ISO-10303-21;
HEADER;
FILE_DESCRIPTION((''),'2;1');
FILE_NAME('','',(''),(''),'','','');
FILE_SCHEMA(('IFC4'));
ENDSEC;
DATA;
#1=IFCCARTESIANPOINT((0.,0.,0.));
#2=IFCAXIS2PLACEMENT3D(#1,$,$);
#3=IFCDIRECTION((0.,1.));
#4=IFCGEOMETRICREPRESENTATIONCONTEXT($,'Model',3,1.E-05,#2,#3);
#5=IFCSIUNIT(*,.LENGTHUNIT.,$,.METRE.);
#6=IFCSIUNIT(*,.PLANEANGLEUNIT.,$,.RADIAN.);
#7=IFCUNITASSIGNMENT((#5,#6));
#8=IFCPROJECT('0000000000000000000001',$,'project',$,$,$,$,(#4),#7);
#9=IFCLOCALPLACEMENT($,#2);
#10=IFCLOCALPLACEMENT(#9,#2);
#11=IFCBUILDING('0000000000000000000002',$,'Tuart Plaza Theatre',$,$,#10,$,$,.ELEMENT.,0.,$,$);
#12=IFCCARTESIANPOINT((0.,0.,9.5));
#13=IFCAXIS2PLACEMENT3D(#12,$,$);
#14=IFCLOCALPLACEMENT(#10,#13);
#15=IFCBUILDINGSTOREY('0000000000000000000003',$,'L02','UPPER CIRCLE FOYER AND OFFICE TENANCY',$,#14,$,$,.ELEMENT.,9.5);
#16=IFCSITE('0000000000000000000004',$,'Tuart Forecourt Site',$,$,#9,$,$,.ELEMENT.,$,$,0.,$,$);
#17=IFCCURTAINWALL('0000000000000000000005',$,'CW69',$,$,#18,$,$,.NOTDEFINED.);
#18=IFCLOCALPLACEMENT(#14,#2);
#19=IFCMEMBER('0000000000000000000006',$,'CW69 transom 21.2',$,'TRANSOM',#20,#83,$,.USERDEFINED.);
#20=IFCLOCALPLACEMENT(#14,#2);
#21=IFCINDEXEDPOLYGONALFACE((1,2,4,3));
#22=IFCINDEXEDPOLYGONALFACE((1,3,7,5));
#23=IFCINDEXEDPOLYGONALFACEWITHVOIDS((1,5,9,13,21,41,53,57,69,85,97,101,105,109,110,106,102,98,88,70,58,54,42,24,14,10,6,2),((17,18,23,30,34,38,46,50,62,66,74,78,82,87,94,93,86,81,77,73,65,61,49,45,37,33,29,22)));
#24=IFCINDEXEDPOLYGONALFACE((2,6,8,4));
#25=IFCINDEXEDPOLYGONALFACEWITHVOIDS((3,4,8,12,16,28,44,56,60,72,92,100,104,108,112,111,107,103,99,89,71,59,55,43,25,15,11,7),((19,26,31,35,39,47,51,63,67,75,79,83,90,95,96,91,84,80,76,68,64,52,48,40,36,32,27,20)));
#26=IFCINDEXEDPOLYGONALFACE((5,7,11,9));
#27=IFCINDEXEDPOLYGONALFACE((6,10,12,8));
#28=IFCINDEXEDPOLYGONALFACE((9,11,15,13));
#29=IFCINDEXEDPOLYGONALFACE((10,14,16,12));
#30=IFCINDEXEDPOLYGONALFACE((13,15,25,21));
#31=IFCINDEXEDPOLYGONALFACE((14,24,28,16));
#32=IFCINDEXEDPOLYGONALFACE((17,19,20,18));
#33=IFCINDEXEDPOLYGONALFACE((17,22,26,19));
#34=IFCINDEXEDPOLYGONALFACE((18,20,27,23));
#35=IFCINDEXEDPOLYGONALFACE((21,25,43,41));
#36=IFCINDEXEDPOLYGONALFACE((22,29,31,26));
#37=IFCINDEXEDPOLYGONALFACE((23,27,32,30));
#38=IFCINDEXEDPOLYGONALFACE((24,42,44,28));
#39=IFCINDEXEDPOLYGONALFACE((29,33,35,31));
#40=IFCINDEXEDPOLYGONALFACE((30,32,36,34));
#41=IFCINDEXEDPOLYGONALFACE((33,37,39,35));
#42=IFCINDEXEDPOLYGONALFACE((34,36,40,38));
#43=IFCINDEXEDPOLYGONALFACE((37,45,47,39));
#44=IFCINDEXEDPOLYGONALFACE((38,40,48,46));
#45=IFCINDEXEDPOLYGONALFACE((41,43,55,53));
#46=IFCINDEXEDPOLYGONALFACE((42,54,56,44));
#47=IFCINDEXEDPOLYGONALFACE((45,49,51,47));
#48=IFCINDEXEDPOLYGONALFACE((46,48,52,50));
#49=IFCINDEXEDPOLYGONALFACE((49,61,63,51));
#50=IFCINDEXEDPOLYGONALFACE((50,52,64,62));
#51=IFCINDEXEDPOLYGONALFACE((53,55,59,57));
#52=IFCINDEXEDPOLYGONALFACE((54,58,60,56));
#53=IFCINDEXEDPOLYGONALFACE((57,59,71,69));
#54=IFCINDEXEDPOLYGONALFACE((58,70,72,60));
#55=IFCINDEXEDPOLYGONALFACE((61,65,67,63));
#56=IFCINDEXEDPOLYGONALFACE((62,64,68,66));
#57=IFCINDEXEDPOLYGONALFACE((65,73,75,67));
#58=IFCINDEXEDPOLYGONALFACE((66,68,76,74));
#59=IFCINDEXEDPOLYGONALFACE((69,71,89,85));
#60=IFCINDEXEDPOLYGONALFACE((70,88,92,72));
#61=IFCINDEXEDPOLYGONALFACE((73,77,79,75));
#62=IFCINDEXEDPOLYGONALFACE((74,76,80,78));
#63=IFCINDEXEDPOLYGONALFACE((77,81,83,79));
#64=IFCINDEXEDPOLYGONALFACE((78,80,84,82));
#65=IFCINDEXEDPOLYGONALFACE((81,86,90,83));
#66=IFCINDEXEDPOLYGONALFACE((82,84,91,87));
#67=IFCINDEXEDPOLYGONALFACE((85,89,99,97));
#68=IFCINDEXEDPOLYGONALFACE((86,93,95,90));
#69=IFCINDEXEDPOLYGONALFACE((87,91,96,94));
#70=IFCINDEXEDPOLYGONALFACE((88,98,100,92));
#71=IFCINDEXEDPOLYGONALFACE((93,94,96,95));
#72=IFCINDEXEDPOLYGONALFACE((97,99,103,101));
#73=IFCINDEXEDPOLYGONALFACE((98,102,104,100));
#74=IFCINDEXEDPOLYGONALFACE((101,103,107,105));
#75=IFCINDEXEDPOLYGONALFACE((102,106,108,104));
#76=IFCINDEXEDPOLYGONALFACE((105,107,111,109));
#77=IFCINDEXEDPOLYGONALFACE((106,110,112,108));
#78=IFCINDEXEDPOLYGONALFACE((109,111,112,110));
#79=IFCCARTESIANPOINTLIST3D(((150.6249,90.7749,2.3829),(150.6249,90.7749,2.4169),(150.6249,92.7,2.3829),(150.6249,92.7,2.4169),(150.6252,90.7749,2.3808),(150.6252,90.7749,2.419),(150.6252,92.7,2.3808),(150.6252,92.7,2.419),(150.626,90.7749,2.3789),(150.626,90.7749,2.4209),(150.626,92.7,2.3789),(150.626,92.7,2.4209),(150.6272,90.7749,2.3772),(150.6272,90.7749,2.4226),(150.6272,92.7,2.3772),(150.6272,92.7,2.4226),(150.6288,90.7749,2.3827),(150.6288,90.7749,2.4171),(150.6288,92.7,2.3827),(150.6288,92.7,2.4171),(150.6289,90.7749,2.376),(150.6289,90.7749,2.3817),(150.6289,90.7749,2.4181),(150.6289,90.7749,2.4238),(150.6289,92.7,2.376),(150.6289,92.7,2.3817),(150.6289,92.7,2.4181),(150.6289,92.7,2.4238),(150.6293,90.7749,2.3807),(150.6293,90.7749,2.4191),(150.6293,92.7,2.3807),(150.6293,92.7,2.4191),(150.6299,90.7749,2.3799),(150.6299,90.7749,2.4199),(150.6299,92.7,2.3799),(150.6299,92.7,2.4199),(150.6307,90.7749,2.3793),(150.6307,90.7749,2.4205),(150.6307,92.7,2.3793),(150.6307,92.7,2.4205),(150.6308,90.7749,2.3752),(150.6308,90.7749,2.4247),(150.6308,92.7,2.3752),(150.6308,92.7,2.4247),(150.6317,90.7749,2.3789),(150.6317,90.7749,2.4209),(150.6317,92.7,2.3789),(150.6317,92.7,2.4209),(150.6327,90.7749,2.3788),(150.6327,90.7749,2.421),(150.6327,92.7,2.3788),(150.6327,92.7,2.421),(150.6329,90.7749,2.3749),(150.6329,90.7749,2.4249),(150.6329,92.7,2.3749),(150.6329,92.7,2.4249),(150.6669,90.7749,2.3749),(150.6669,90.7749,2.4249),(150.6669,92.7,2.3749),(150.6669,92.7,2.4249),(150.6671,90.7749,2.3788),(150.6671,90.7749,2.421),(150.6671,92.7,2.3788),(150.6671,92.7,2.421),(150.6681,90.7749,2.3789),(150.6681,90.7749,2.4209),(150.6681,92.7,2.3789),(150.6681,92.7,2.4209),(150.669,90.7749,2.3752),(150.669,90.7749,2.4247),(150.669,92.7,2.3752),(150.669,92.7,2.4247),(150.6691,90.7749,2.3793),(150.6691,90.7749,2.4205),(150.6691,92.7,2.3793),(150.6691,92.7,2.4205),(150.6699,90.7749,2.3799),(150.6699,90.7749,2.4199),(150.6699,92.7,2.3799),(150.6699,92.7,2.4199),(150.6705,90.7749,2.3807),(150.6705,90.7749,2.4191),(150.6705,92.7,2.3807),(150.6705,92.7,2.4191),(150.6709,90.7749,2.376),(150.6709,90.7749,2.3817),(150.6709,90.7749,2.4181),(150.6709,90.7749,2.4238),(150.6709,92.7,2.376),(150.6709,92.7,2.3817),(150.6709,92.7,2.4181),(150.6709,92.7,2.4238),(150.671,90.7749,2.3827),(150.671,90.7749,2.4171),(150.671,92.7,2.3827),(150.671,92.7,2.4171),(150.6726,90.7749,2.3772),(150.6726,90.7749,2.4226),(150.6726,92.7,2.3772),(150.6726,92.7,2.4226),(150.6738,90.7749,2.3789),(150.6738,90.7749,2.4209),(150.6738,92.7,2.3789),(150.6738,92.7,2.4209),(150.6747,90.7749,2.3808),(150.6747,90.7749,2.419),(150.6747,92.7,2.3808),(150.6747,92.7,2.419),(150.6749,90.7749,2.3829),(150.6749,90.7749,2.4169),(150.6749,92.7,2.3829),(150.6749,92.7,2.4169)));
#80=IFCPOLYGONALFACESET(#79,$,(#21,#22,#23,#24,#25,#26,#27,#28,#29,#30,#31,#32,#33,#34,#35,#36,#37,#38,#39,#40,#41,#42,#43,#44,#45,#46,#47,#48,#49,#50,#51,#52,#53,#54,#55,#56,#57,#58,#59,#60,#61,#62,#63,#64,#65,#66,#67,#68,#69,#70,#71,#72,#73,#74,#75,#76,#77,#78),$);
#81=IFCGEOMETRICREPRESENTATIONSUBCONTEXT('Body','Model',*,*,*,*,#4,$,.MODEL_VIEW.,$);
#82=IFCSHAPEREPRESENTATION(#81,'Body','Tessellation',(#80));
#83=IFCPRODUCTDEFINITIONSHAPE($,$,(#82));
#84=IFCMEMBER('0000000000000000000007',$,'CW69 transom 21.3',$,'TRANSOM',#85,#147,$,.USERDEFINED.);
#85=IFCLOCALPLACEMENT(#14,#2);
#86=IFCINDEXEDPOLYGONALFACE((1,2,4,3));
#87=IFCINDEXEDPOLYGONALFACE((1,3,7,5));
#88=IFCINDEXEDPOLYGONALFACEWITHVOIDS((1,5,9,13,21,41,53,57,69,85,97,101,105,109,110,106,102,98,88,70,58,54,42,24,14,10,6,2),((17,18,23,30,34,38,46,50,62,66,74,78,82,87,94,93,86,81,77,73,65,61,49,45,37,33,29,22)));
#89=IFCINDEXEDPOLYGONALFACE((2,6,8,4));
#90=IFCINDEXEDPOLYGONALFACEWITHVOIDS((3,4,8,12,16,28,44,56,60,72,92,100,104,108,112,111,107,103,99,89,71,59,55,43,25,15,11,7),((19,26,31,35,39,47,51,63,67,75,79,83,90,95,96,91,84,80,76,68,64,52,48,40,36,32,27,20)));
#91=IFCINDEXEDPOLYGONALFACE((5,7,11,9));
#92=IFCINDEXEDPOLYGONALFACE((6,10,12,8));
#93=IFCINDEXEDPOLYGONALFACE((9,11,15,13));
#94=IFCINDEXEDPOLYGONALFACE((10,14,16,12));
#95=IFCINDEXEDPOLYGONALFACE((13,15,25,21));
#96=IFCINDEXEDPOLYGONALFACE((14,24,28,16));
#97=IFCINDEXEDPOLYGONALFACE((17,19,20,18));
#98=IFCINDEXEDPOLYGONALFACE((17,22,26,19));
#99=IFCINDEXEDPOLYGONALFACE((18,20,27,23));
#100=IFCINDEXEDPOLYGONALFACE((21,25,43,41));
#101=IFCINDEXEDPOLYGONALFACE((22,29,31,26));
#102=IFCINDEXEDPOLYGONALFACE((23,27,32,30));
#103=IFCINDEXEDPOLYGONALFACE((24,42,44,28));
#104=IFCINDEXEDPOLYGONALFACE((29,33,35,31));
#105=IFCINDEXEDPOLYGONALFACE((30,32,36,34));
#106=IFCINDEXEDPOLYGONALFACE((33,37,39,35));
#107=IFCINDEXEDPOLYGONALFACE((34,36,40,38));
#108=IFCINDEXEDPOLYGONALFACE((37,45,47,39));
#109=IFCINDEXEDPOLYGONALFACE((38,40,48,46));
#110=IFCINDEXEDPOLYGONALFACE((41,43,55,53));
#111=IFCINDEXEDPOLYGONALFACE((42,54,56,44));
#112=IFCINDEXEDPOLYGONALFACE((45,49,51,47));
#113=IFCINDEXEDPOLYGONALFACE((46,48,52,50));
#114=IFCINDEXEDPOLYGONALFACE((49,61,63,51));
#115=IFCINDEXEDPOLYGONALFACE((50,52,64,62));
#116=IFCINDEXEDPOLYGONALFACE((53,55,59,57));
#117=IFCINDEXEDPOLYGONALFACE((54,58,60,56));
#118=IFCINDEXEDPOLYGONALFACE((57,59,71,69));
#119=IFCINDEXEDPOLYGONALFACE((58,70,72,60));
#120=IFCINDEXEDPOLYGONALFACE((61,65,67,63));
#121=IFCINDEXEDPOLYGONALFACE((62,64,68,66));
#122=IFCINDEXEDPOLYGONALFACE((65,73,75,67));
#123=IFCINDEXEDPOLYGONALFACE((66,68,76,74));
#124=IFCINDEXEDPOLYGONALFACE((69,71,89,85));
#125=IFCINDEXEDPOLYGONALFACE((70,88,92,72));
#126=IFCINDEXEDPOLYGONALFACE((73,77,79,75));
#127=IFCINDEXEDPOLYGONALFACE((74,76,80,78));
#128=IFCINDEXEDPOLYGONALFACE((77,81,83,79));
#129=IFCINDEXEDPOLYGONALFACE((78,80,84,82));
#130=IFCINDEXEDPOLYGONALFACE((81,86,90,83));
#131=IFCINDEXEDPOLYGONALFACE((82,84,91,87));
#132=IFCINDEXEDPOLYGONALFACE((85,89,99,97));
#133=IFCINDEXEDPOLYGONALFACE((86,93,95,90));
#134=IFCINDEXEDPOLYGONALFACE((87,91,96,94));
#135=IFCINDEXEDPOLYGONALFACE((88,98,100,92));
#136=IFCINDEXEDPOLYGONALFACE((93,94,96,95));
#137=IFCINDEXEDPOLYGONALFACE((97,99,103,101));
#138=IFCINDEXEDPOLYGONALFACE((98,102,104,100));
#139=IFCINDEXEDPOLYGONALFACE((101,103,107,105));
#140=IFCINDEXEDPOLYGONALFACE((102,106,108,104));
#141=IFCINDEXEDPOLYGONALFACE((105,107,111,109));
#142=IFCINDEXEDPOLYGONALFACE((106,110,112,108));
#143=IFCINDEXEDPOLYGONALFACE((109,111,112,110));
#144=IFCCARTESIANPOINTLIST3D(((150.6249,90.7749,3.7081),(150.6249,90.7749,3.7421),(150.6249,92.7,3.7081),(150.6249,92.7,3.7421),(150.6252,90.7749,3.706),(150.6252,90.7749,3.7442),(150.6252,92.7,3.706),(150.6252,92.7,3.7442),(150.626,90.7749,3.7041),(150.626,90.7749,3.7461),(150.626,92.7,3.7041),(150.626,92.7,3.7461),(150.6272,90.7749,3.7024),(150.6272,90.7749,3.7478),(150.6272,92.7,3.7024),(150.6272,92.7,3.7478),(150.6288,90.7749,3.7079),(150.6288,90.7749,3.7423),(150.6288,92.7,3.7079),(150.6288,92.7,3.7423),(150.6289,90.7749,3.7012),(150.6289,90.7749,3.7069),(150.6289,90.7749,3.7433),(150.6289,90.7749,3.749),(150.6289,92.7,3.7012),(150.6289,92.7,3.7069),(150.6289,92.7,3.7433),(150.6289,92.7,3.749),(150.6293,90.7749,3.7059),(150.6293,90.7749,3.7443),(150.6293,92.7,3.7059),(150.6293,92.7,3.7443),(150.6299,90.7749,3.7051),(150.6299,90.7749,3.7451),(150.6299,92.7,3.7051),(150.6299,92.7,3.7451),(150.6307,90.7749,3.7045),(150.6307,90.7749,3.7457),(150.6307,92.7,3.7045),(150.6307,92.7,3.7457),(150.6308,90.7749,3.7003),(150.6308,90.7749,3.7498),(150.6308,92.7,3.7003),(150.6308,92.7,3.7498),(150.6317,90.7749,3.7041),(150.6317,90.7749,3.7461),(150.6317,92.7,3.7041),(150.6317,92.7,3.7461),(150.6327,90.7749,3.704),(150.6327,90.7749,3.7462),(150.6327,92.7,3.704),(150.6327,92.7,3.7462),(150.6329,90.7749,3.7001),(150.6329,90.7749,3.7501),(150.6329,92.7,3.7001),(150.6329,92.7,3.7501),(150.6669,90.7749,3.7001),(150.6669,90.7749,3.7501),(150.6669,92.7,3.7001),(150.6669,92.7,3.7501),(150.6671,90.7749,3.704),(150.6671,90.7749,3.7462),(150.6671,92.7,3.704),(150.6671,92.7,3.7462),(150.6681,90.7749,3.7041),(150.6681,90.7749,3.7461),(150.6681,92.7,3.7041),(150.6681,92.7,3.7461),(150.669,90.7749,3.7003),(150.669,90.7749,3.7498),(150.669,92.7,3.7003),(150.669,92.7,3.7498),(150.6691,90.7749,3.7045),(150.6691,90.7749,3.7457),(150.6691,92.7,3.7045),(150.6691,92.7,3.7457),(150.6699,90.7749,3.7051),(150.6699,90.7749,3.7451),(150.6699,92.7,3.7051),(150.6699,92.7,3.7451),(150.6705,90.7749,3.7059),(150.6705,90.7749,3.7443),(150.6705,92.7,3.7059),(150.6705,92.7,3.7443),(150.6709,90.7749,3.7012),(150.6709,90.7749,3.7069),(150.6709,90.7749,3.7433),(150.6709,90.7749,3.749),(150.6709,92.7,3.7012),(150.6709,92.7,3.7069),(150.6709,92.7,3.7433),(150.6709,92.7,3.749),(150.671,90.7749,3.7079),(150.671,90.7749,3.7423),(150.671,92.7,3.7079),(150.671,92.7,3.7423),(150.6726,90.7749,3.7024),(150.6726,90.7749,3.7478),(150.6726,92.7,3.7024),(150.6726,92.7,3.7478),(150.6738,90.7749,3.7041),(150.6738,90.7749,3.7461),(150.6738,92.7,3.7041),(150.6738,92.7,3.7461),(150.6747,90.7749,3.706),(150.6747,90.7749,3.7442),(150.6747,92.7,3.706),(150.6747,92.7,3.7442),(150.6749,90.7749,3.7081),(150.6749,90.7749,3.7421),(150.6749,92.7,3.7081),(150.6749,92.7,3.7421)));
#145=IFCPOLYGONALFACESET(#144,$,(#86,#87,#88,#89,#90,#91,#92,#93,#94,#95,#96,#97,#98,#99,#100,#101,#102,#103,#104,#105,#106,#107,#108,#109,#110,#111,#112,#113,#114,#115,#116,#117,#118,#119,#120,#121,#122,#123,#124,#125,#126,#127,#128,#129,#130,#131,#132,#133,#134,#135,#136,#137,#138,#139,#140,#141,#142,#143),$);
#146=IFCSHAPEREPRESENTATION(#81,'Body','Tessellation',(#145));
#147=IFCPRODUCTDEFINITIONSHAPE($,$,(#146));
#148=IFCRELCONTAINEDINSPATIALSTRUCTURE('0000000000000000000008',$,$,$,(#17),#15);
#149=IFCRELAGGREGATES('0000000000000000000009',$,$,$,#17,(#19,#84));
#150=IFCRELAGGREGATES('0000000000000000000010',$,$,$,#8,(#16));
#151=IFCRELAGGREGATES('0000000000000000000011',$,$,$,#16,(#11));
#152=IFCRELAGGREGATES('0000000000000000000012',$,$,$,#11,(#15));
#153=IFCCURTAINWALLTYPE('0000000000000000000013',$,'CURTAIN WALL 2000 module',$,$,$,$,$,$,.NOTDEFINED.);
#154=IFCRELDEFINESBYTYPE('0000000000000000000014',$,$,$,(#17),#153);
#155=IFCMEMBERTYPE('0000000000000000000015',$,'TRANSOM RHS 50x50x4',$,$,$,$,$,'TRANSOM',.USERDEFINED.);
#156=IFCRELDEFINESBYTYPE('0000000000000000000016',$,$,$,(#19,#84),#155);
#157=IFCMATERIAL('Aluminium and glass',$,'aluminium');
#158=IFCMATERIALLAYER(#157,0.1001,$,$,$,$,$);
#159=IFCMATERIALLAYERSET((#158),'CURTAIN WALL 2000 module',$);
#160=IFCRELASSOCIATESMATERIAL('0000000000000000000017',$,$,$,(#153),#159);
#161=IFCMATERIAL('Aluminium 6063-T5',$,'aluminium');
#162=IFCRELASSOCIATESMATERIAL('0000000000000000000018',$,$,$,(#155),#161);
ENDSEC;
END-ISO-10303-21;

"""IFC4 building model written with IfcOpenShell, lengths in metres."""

from ifc_helpers import new_model, si_unit, direction, frame, origin, origin_2d, place, context, subcontext, project, spatial, hollow_rectangle, extrude, material, layer, layer_set, material_profile, profile_set, type_object, element, aggregate, save


model = new_model("IFC4")

# Units and contexts
model_context = context("Model", 3, precision=1e-05, world=origin(), true_north=direction((0.0, 1.0)))
body_context = subcontext(model_context, "Body", "Model", "MODEL_VIEW")
ifc_project = project(units=[si_unit("LENGTHUNIT", "METRE"), si_unit("PLANEANGLEUNIT", "RADIAN")], contexts=[model_context])

# Site, building, storey
site_placement = place(None, origin())
site = spatial("IfcSite", under=ifc_project, at=site_placement, Name="Tuart Forecourt Site", CompositionType="ELEMENT", RefElevation=0.0)
building_placement = place(site_placement, origin())
building = spatial("IfcBuilding", under=site, at=building_placement, Name="Tuart Plaza Theatre", CompositionType="ELEMENT", ElevationOfRefHeight=0.0)
storey_placement = place(building_placement, frame((0.0, 0.0, 9.5)))
storey = spatial("IfcBuildingStorey", under=building, at=storey_placement, Name="L02", Description="UPPER CIRCLE FOYER AND OFFICE TENANCY", CompositionType="ELEMENT", Elevation=9.5)

# Curtain wall
ifc_material_1 = material(Name="Aluminium and glass", Category="aluminium")
ifc_layer_1 = layer(ifc_material_1, 0.1001)
ifc_layer_set_1 = layer_set([ifc_layer_1], Name="CURTAIN WALL 2000 module")
curtain_wall_type = type_object("IfcCurtainWallType", Name="CURTAIN WALL 2000 module", PredefinedType="NOTDEFINED", material=ifc_layer_set_1)
curtain_wall_1_placement = place(storey_placement, origin())
curtain_wall_1 = element("IfcCurtainWall", 1, at=curtain_wall_1_placement, inside=storey, type_object=curtain_wall_type, Name="CW69", PredefinedType="NOTDEFINED")

# Members
ifc_material_2 = material(Name="Aluminium 6063-T5", Category="aluminium")
ifc_material_profile_1 = material_profile(ifc_material_2, hollow_rectangle(XDim=0.05, YDim=0.05, WallThickness=0.0039, InnerFilletRadius=0.0039, OuterFilletRadius=0.0081, at=origin_2d()), Name="RHS 50x50x4")
ifc_profile_set_1 = profile_set([ifc_material_profile_1], Name="Aluminium 6063-T5")
member_type_1 = type_object("IfcMemberType", Name="TRANSOM RHS 50x50x4", ElementType="TRANSOM", PredefinedType="USERDEFINED", material=ifc_profile_set_1)
member_1_placement = place(storey_placement, frame((150.6499, 90.7749, 2.3999), z_axis=(0.0, 1.0, 0.0), x_axis=(-1.0, 0.0, 0.0)))
member_1 = element("IfcMember", 2, at=member_1_placement, type_object=member_type_1, Name="CW69 transom 21.2", ObjectType="TRANSOM", PredefinedType="USERDEFINED", context=body_context, shape_type="SweptSolid", body=[
    extrude(hollow_rectangle(XDim=0.05, YDim=0.05, WallThickness=0.0039, InnerFilletRadius=0.0039, OuterFilletRadius=0.0081, at=origin_2d()), origin(), (0.0, 0.0, 1.0), 1.925),
])
member_2_placement = place(storey_placement, frame((150.6499, 90.7749, 3.7251), z_axis=(0.0, 1.0, 0.0), x_axis=(-1.0, 0.0, 0.0)))
member_2 = element("IfcMember", 3, at=member_2_placement, type_object=member_type_1, Name="CW69 transom 21.3", ObjectType="TRANSOM", PredefinedType="USERDEFINED", context=body_context, shape_type="SweptSolid", body=[
    extrude(hollow_rectangle(XDim=0.05, YDim=0.05, WallThickness=0.0039, InnerFilletRadius=0.0039, OuterFilletRadius=0.0081, at=origin_2d()), origin(), (0.0, 0.0, 1.0), 1.925),
])

aggregate(curtain_wall_1, [member_1, member_2])

save(model, "model.ifc")
